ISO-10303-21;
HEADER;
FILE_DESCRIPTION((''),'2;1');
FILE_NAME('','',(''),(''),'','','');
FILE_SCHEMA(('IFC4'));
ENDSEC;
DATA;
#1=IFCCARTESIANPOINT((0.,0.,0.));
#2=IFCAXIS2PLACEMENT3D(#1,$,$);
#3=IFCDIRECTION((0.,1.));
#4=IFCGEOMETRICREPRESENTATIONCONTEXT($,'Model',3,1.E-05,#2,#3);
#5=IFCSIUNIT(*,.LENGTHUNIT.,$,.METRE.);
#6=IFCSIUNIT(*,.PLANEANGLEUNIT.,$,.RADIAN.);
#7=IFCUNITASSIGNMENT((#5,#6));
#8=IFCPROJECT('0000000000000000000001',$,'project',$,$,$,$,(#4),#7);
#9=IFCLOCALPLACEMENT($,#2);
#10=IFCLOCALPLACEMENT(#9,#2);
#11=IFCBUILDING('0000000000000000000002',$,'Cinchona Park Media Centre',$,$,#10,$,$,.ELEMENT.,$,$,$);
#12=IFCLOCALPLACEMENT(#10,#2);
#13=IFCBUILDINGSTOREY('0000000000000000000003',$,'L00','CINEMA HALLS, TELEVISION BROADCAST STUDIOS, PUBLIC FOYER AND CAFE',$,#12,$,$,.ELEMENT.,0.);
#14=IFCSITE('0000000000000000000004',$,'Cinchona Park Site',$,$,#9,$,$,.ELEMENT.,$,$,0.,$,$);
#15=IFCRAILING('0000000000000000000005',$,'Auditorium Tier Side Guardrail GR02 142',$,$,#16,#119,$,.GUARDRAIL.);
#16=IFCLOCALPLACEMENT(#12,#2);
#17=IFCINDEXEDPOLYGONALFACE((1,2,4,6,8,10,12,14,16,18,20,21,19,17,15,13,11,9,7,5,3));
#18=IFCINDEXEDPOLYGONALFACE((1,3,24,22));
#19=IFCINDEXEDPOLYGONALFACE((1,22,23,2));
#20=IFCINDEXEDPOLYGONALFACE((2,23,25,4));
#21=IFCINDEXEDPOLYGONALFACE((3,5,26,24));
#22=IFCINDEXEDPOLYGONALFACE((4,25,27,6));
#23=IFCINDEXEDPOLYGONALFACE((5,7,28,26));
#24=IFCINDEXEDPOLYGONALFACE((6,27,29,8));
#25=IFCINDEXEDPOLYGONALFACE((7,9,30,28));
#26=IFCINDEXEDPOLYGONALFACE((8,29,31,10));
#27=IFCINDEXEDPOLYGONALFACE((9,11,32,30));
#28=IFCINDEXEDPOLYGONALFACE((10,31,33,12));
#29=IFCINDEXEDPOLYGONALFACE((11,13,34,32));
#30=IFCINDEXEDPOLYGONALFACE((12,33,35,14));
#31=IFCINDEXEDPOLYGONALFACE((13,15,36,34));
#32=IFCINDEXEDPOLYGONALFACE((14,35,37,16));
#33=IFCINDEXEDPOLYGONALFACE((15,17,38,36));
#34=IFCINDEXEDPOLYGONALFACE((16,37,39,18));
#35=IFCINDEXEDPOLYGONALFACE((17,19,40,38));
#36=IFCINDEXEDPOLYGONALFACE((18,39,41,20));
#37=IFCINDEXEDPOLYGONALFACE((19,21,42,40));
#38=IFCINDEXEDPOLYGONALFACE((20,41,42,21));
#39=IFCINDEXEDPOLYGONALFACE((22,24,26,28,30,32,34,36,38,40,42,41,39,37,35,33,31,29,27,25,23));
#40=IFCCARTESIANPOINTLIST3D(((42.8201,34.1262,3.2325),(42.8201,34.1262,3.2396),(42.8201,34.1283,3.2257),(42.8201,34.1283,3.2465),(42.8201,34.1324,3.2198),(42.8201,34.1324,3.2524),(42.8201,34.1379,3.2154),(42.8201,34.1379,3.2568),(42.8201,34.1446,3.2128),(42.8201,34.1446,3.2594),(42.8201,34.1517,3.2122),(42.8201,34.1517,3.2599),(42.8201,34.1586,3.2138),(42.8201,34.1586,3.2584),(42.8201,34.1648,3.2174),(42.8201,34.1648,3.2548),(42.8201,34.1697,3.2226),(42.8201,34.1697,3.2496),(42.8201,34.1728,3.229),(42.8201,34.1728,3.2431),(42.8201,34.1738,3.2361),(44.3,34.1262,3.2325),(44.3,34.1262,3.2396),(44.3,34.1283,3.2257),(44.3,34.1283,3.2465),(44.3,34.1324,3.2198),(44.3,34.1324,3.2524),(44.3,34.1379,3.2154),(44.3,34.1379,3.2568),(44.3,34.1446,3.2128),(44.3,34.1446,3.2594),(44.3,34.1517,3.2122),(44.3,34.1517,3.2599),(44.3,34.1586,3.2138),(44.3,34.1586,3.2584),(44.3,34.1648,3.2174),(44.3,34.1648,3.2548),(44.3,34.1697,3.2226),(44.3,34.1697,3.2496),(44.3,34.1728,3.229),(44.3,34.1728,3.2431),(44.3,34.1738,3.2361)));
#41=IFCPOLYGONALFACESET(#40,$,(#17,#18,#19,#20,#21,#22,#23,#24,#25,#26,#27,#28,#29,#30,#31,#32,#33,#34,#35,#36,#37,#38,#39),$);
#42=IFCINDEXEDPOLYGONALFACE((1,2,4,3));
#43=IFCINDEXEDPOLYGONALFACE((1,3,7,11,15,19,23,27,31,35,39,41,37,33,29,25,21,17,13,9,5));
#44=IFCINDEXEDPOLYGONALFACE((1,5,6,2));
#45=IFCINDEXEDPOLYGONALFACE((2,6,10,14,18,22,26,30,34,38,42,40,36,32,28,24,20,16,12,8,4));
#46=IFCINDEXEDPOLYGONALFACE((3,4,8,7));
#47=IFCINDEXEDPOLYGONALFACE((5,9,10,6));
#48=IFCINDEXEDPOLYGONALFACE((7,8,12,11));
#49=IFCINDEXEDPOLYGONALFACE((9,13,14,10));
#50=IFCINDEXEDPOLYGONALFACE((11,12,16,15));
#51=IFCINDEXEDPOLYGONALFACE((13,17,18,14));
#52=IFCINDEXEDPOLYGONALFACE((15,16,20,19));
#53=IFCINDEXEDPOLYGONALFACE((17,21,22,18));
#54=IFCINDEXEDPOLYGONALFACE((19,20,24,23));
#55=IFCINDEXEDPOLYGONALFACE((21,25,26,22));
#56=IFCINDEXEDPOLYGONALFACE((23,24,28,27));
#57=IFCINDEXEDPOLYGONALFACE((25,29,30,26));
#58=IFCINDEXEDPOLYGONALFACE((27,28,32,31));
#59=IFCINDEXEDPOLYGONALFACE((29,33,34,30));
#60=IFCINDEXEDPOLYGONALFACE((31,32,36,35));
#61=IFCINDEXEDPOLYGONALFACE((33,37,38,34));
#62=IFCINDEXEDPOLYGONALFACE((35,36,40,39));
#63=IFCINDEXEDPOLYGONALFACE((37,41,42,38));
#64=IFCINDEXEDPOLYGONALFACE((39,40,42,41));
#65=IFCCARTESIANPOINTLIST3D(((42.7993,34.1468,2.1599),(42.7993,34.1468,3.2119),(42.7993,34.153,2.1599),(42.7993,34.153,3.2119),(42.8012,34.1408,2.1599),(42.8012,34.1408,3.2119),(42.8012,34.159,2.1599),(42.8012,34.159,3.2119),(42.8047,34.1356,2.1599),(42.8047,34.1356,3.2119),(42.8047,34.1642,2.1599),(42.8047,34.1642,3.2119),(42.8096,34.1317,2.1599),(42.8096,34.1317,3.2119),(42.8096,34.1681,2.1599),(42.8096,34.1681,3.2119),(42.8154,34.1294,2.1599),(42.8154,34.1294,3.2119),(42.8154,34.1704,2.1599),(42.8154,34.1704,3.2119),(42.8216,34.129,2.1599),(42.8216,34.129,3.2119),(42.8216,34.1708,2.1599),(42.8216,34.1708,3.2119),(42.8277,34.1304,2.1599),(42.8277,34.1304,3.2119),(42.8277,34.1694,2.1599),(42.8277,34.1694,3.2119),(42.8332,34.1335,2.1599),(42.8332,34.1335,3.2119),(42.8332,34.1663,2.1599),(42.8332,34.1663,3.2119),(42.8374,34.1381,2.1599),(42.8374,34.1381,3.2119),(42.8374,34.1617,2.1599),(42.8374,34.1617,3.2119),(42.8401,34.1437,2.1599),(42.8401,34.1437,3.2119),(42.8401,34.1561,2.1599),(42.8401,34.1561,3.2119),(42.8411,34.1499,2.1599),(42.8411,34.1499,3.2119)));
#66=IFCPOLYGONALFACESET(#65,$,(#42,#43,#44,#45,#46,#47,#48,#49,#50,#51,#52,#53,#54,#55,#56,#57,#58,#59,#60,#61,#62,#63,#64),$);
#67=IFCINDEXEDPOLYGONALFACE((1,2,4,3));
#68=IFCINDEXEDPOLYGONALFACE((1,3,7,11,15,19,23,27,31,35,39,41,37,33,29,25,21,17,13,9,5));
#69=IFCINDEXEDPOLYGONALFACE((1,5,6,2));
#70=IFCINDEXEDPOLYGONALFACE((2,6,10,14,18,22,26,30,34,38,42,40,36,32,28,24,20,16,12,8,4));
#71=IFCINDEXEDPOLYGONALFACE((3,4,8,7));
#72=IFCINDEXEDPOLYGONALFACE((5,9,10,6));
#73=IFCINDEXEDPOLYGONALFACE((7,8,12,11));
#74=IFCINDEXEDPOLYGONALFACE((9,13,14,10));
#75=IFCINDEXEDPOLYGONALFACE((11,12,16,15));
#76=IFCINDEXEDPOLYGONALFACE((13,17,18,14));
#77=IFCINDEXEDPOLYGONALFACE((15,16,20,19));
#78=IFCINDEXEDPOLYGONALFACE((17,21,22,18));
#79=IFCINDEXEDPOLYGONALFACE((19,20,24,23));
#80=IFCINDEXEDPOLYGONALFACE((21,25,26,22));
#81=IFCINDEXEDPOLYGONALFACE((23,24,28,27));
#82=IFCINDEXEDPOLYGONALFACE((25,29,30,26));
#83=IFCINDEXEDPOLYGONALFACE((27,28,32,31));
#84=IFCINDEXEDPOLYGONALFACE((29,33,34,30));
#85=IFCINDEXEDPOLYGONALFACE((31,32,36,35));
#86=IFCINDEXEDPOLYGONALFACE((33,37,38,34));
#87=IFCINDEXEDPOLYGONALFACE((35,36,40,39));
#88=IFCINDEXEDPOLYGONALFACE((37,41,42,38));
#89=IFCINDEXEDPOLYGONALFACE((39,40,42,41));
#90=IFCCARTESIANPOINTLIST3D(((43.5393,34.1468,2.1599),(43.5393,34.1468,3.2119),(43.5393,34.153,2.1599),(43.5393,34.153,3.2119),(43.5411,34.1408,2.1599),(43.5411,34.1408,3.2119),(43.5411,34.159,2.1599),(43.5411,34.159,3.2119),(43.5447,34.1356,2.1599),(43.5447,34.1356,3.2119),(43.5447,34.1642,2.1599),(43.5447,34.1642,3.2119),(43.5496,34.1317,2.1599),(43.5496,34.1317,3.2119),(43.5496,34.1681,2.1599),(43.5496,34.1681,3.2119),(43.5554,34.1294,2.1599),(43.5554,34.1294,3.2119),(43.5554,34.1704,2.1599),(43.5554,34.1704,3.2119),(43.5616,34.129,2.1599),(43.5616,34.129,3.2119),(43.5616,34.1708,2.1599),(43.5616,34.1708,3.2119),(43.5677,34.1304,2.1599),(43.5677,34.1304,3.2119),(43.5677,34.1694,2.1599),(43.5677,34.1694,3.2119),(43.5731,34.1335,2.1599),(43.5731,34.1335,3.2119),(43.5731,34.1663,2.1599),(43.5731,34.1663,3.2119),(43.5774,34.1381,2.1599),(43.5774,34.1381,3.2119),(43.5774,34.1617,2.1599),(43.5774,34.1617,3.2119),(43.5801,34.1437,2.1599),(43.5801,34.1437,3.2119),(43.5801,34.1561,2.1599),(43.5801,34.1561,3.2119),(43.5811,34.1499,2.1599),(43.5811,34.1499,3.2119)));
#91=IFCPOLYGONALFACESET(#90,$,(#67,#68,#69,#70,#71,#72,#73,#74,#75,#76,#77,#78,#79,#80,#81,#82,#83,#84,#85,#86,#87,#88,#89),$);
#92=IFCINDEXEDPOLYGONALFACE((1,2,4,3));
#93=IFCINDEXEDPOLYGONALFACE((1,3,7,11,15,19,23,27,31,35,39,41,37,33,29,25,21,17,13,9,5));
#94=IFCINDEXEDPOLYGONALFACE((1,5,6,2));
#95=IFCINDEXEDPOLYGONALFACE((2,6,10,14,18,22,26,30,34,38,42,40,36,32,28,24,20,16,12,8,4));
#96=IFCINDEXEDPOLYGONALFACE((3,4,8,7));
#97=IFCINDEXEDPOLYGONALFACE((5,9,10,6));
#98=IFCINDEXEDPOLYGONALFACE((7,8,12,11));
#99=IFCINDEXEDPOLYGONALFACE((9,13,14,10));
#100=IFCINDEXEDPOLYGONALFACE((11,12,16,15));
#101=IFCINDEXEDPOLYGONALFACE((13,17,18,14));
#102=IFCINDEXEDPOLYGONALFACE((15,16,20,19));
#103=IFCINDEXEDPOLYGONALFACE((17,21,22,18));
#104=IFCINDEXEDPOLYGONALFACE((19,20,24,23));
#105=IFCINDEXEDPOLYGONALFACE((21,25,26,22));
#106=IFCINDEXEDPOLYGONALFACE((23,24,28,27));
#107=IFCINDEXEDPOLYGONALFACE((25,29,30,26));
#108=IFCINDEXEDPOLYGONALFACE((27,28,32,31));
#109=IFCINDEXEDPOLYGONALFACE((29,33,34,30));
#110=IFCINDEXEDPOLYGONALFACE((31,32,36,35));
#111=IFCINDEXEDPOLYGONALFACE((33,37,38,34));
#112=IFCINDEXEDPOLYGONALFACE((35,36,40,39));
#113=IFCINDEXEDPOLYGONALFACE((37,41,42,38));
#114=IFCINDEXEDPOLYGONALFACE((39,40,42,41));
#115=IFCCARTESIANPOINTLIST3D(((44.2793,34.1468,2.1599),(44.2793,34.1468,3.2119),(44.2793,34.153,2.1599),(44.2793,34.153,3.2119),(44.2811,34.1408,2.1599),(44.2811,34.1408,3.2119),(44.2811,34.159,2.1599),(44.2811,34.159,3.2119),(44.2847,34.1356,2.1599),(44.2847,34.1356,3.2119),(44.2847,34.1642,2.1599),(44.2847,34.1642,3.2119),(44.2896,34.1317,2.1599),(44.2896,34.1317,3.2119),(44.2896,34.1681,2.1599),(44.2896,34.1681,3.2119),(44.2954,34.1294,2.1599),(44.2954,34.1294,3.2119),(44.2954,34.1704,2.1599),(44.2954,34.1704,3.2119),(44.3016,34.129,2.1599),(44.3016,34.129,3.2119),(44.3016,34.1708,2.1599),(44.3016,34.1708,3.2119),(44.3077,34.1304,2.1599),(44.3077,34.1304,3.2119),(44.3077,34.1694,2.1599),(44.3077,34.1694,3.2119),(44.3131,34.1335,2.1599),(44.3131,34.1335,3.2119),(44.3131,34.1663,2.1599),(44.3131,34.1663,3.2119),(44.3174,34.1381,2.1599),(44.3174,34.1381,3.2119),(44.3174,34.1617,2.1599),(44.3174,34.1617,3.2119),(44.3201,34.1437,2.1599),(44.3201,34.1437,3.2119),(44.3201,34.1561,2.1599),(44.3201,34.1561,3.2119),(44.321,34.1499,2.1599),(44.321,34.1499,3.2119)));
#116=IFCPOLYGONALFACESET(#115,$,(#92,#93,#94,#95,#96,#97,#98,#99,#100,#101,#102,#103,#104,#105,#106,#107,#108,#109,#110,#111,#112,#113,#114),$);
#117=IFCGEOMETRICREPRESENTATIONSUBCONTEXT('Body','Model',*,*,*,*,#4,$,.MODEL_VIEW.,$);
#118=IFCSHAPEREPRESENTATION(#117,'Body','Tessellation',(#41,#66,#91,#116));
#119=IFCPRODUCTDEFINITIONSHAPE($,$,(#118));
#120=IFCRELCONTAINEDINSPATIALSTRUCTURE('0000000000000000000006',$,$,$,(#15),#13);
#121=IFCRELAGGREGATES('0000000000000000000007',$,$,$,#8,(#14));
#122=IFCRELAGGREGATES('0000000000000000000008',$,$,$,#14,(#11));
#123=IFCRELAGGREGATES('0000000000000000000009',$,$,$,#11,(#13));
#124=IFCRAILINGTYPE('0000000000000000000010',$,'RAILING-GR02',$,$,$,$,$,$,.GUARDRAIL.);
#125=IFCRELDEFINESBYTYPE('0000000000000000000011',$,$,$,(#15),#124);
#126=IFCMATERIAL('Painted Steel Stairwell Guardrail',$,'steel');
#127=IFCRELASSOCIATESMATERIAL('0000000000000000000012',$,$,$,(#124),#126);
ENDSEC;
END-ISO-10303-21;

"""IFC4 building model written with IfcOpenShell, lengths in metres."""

from ifc_helpers import new_model, si_unit, direction, frame, origin, origin_2d, place, context, subcontext, project, spatial, circle, extrude, material, type_object, element, save


model = new_model("IFC4")

# Units and contexts
model_context = context("Model", 3, precision=1e-05, world=origin(), true_north=direction((0.0, 1.0)))
body_context = subcontext(model_context, "Body", "Model", "MODEL_VIEW")
ifc_project = project(units=[si_unit("LENGTHUNIT", "METRE"), si_unit("PLANEANGLEUNIT", "RADIAN")], contexts=[model_context])

# Site, building, storey
site_placement = place(None, origin())
site = spatial("IfcSite", under=ifc_project, at=site_placement, Name="Cinchona Park Site", CompositionType="ELEMENT", RefElevation=0.0)
building_placement = place(site_placement, origin())
building = spatial("IfcBuilding", under=site, at=building_placement, Name="Cinchona Park Media Centre", CompositionType="ELEMENT")
storey_placement = place(building_placement, origin())
storey = spatial("IfcBuildingStorey", under=building, at=storey_placement, Name="L00", Description="CINEMA HALLS, TELEVISION BROADCAST STUDIOS, PUBLIC FOYER AND CAFE", CompositionType="ELEMENT", Elevation=0.0)

# Railing
ifc_material_1 = material(Name="Painted Steel Stairwell Guardrail", Category="steel")
railing_type_1 = type_object("IfcRailingType", Name="RAILING-GR02", PredefinedType="GUARDRAIL", material=ifc_material_1)
railing_1_placement = place(storey_placement, frame((42.8201, 34.1499, 2.1599)))
element("IfcRailing", 1, at=railing_1_placement, inside=storey, type_object=railing_type_1, Name="Auditorium Tier Side Guardrail GR02 142", PredefinedType="GUARDRAIL", context=body_context, shape_type="SweptSolid", body=[
    extrude(circle(Radius=0.0239, at=origin_2d()), frame((0.0, 0.0, 1.0762), z_axis=(1.0, 0.0, 0.0), x_axis=(0.0, 1.0, 0.0)), (0.0, 0.0, 1.0), 1.48),
    extrude(circle(Radius=0.021, at=origin_2d()), origin(), (0.0, 0.0, 1.0), 1.052),
    extrude(circle(Radius=0.021, at=origin_2d()), frame((0.74, 0.0, 0.0)), (0.0, 0.0, 1.0), 1.052),
    extrude(circle(Radius=0.021, at=origin_2d()), frame((1.48, 0.0, 0.0)), (0.0, 0.0, 1.0), 1.052),
])

save(model, "model.ifc")
